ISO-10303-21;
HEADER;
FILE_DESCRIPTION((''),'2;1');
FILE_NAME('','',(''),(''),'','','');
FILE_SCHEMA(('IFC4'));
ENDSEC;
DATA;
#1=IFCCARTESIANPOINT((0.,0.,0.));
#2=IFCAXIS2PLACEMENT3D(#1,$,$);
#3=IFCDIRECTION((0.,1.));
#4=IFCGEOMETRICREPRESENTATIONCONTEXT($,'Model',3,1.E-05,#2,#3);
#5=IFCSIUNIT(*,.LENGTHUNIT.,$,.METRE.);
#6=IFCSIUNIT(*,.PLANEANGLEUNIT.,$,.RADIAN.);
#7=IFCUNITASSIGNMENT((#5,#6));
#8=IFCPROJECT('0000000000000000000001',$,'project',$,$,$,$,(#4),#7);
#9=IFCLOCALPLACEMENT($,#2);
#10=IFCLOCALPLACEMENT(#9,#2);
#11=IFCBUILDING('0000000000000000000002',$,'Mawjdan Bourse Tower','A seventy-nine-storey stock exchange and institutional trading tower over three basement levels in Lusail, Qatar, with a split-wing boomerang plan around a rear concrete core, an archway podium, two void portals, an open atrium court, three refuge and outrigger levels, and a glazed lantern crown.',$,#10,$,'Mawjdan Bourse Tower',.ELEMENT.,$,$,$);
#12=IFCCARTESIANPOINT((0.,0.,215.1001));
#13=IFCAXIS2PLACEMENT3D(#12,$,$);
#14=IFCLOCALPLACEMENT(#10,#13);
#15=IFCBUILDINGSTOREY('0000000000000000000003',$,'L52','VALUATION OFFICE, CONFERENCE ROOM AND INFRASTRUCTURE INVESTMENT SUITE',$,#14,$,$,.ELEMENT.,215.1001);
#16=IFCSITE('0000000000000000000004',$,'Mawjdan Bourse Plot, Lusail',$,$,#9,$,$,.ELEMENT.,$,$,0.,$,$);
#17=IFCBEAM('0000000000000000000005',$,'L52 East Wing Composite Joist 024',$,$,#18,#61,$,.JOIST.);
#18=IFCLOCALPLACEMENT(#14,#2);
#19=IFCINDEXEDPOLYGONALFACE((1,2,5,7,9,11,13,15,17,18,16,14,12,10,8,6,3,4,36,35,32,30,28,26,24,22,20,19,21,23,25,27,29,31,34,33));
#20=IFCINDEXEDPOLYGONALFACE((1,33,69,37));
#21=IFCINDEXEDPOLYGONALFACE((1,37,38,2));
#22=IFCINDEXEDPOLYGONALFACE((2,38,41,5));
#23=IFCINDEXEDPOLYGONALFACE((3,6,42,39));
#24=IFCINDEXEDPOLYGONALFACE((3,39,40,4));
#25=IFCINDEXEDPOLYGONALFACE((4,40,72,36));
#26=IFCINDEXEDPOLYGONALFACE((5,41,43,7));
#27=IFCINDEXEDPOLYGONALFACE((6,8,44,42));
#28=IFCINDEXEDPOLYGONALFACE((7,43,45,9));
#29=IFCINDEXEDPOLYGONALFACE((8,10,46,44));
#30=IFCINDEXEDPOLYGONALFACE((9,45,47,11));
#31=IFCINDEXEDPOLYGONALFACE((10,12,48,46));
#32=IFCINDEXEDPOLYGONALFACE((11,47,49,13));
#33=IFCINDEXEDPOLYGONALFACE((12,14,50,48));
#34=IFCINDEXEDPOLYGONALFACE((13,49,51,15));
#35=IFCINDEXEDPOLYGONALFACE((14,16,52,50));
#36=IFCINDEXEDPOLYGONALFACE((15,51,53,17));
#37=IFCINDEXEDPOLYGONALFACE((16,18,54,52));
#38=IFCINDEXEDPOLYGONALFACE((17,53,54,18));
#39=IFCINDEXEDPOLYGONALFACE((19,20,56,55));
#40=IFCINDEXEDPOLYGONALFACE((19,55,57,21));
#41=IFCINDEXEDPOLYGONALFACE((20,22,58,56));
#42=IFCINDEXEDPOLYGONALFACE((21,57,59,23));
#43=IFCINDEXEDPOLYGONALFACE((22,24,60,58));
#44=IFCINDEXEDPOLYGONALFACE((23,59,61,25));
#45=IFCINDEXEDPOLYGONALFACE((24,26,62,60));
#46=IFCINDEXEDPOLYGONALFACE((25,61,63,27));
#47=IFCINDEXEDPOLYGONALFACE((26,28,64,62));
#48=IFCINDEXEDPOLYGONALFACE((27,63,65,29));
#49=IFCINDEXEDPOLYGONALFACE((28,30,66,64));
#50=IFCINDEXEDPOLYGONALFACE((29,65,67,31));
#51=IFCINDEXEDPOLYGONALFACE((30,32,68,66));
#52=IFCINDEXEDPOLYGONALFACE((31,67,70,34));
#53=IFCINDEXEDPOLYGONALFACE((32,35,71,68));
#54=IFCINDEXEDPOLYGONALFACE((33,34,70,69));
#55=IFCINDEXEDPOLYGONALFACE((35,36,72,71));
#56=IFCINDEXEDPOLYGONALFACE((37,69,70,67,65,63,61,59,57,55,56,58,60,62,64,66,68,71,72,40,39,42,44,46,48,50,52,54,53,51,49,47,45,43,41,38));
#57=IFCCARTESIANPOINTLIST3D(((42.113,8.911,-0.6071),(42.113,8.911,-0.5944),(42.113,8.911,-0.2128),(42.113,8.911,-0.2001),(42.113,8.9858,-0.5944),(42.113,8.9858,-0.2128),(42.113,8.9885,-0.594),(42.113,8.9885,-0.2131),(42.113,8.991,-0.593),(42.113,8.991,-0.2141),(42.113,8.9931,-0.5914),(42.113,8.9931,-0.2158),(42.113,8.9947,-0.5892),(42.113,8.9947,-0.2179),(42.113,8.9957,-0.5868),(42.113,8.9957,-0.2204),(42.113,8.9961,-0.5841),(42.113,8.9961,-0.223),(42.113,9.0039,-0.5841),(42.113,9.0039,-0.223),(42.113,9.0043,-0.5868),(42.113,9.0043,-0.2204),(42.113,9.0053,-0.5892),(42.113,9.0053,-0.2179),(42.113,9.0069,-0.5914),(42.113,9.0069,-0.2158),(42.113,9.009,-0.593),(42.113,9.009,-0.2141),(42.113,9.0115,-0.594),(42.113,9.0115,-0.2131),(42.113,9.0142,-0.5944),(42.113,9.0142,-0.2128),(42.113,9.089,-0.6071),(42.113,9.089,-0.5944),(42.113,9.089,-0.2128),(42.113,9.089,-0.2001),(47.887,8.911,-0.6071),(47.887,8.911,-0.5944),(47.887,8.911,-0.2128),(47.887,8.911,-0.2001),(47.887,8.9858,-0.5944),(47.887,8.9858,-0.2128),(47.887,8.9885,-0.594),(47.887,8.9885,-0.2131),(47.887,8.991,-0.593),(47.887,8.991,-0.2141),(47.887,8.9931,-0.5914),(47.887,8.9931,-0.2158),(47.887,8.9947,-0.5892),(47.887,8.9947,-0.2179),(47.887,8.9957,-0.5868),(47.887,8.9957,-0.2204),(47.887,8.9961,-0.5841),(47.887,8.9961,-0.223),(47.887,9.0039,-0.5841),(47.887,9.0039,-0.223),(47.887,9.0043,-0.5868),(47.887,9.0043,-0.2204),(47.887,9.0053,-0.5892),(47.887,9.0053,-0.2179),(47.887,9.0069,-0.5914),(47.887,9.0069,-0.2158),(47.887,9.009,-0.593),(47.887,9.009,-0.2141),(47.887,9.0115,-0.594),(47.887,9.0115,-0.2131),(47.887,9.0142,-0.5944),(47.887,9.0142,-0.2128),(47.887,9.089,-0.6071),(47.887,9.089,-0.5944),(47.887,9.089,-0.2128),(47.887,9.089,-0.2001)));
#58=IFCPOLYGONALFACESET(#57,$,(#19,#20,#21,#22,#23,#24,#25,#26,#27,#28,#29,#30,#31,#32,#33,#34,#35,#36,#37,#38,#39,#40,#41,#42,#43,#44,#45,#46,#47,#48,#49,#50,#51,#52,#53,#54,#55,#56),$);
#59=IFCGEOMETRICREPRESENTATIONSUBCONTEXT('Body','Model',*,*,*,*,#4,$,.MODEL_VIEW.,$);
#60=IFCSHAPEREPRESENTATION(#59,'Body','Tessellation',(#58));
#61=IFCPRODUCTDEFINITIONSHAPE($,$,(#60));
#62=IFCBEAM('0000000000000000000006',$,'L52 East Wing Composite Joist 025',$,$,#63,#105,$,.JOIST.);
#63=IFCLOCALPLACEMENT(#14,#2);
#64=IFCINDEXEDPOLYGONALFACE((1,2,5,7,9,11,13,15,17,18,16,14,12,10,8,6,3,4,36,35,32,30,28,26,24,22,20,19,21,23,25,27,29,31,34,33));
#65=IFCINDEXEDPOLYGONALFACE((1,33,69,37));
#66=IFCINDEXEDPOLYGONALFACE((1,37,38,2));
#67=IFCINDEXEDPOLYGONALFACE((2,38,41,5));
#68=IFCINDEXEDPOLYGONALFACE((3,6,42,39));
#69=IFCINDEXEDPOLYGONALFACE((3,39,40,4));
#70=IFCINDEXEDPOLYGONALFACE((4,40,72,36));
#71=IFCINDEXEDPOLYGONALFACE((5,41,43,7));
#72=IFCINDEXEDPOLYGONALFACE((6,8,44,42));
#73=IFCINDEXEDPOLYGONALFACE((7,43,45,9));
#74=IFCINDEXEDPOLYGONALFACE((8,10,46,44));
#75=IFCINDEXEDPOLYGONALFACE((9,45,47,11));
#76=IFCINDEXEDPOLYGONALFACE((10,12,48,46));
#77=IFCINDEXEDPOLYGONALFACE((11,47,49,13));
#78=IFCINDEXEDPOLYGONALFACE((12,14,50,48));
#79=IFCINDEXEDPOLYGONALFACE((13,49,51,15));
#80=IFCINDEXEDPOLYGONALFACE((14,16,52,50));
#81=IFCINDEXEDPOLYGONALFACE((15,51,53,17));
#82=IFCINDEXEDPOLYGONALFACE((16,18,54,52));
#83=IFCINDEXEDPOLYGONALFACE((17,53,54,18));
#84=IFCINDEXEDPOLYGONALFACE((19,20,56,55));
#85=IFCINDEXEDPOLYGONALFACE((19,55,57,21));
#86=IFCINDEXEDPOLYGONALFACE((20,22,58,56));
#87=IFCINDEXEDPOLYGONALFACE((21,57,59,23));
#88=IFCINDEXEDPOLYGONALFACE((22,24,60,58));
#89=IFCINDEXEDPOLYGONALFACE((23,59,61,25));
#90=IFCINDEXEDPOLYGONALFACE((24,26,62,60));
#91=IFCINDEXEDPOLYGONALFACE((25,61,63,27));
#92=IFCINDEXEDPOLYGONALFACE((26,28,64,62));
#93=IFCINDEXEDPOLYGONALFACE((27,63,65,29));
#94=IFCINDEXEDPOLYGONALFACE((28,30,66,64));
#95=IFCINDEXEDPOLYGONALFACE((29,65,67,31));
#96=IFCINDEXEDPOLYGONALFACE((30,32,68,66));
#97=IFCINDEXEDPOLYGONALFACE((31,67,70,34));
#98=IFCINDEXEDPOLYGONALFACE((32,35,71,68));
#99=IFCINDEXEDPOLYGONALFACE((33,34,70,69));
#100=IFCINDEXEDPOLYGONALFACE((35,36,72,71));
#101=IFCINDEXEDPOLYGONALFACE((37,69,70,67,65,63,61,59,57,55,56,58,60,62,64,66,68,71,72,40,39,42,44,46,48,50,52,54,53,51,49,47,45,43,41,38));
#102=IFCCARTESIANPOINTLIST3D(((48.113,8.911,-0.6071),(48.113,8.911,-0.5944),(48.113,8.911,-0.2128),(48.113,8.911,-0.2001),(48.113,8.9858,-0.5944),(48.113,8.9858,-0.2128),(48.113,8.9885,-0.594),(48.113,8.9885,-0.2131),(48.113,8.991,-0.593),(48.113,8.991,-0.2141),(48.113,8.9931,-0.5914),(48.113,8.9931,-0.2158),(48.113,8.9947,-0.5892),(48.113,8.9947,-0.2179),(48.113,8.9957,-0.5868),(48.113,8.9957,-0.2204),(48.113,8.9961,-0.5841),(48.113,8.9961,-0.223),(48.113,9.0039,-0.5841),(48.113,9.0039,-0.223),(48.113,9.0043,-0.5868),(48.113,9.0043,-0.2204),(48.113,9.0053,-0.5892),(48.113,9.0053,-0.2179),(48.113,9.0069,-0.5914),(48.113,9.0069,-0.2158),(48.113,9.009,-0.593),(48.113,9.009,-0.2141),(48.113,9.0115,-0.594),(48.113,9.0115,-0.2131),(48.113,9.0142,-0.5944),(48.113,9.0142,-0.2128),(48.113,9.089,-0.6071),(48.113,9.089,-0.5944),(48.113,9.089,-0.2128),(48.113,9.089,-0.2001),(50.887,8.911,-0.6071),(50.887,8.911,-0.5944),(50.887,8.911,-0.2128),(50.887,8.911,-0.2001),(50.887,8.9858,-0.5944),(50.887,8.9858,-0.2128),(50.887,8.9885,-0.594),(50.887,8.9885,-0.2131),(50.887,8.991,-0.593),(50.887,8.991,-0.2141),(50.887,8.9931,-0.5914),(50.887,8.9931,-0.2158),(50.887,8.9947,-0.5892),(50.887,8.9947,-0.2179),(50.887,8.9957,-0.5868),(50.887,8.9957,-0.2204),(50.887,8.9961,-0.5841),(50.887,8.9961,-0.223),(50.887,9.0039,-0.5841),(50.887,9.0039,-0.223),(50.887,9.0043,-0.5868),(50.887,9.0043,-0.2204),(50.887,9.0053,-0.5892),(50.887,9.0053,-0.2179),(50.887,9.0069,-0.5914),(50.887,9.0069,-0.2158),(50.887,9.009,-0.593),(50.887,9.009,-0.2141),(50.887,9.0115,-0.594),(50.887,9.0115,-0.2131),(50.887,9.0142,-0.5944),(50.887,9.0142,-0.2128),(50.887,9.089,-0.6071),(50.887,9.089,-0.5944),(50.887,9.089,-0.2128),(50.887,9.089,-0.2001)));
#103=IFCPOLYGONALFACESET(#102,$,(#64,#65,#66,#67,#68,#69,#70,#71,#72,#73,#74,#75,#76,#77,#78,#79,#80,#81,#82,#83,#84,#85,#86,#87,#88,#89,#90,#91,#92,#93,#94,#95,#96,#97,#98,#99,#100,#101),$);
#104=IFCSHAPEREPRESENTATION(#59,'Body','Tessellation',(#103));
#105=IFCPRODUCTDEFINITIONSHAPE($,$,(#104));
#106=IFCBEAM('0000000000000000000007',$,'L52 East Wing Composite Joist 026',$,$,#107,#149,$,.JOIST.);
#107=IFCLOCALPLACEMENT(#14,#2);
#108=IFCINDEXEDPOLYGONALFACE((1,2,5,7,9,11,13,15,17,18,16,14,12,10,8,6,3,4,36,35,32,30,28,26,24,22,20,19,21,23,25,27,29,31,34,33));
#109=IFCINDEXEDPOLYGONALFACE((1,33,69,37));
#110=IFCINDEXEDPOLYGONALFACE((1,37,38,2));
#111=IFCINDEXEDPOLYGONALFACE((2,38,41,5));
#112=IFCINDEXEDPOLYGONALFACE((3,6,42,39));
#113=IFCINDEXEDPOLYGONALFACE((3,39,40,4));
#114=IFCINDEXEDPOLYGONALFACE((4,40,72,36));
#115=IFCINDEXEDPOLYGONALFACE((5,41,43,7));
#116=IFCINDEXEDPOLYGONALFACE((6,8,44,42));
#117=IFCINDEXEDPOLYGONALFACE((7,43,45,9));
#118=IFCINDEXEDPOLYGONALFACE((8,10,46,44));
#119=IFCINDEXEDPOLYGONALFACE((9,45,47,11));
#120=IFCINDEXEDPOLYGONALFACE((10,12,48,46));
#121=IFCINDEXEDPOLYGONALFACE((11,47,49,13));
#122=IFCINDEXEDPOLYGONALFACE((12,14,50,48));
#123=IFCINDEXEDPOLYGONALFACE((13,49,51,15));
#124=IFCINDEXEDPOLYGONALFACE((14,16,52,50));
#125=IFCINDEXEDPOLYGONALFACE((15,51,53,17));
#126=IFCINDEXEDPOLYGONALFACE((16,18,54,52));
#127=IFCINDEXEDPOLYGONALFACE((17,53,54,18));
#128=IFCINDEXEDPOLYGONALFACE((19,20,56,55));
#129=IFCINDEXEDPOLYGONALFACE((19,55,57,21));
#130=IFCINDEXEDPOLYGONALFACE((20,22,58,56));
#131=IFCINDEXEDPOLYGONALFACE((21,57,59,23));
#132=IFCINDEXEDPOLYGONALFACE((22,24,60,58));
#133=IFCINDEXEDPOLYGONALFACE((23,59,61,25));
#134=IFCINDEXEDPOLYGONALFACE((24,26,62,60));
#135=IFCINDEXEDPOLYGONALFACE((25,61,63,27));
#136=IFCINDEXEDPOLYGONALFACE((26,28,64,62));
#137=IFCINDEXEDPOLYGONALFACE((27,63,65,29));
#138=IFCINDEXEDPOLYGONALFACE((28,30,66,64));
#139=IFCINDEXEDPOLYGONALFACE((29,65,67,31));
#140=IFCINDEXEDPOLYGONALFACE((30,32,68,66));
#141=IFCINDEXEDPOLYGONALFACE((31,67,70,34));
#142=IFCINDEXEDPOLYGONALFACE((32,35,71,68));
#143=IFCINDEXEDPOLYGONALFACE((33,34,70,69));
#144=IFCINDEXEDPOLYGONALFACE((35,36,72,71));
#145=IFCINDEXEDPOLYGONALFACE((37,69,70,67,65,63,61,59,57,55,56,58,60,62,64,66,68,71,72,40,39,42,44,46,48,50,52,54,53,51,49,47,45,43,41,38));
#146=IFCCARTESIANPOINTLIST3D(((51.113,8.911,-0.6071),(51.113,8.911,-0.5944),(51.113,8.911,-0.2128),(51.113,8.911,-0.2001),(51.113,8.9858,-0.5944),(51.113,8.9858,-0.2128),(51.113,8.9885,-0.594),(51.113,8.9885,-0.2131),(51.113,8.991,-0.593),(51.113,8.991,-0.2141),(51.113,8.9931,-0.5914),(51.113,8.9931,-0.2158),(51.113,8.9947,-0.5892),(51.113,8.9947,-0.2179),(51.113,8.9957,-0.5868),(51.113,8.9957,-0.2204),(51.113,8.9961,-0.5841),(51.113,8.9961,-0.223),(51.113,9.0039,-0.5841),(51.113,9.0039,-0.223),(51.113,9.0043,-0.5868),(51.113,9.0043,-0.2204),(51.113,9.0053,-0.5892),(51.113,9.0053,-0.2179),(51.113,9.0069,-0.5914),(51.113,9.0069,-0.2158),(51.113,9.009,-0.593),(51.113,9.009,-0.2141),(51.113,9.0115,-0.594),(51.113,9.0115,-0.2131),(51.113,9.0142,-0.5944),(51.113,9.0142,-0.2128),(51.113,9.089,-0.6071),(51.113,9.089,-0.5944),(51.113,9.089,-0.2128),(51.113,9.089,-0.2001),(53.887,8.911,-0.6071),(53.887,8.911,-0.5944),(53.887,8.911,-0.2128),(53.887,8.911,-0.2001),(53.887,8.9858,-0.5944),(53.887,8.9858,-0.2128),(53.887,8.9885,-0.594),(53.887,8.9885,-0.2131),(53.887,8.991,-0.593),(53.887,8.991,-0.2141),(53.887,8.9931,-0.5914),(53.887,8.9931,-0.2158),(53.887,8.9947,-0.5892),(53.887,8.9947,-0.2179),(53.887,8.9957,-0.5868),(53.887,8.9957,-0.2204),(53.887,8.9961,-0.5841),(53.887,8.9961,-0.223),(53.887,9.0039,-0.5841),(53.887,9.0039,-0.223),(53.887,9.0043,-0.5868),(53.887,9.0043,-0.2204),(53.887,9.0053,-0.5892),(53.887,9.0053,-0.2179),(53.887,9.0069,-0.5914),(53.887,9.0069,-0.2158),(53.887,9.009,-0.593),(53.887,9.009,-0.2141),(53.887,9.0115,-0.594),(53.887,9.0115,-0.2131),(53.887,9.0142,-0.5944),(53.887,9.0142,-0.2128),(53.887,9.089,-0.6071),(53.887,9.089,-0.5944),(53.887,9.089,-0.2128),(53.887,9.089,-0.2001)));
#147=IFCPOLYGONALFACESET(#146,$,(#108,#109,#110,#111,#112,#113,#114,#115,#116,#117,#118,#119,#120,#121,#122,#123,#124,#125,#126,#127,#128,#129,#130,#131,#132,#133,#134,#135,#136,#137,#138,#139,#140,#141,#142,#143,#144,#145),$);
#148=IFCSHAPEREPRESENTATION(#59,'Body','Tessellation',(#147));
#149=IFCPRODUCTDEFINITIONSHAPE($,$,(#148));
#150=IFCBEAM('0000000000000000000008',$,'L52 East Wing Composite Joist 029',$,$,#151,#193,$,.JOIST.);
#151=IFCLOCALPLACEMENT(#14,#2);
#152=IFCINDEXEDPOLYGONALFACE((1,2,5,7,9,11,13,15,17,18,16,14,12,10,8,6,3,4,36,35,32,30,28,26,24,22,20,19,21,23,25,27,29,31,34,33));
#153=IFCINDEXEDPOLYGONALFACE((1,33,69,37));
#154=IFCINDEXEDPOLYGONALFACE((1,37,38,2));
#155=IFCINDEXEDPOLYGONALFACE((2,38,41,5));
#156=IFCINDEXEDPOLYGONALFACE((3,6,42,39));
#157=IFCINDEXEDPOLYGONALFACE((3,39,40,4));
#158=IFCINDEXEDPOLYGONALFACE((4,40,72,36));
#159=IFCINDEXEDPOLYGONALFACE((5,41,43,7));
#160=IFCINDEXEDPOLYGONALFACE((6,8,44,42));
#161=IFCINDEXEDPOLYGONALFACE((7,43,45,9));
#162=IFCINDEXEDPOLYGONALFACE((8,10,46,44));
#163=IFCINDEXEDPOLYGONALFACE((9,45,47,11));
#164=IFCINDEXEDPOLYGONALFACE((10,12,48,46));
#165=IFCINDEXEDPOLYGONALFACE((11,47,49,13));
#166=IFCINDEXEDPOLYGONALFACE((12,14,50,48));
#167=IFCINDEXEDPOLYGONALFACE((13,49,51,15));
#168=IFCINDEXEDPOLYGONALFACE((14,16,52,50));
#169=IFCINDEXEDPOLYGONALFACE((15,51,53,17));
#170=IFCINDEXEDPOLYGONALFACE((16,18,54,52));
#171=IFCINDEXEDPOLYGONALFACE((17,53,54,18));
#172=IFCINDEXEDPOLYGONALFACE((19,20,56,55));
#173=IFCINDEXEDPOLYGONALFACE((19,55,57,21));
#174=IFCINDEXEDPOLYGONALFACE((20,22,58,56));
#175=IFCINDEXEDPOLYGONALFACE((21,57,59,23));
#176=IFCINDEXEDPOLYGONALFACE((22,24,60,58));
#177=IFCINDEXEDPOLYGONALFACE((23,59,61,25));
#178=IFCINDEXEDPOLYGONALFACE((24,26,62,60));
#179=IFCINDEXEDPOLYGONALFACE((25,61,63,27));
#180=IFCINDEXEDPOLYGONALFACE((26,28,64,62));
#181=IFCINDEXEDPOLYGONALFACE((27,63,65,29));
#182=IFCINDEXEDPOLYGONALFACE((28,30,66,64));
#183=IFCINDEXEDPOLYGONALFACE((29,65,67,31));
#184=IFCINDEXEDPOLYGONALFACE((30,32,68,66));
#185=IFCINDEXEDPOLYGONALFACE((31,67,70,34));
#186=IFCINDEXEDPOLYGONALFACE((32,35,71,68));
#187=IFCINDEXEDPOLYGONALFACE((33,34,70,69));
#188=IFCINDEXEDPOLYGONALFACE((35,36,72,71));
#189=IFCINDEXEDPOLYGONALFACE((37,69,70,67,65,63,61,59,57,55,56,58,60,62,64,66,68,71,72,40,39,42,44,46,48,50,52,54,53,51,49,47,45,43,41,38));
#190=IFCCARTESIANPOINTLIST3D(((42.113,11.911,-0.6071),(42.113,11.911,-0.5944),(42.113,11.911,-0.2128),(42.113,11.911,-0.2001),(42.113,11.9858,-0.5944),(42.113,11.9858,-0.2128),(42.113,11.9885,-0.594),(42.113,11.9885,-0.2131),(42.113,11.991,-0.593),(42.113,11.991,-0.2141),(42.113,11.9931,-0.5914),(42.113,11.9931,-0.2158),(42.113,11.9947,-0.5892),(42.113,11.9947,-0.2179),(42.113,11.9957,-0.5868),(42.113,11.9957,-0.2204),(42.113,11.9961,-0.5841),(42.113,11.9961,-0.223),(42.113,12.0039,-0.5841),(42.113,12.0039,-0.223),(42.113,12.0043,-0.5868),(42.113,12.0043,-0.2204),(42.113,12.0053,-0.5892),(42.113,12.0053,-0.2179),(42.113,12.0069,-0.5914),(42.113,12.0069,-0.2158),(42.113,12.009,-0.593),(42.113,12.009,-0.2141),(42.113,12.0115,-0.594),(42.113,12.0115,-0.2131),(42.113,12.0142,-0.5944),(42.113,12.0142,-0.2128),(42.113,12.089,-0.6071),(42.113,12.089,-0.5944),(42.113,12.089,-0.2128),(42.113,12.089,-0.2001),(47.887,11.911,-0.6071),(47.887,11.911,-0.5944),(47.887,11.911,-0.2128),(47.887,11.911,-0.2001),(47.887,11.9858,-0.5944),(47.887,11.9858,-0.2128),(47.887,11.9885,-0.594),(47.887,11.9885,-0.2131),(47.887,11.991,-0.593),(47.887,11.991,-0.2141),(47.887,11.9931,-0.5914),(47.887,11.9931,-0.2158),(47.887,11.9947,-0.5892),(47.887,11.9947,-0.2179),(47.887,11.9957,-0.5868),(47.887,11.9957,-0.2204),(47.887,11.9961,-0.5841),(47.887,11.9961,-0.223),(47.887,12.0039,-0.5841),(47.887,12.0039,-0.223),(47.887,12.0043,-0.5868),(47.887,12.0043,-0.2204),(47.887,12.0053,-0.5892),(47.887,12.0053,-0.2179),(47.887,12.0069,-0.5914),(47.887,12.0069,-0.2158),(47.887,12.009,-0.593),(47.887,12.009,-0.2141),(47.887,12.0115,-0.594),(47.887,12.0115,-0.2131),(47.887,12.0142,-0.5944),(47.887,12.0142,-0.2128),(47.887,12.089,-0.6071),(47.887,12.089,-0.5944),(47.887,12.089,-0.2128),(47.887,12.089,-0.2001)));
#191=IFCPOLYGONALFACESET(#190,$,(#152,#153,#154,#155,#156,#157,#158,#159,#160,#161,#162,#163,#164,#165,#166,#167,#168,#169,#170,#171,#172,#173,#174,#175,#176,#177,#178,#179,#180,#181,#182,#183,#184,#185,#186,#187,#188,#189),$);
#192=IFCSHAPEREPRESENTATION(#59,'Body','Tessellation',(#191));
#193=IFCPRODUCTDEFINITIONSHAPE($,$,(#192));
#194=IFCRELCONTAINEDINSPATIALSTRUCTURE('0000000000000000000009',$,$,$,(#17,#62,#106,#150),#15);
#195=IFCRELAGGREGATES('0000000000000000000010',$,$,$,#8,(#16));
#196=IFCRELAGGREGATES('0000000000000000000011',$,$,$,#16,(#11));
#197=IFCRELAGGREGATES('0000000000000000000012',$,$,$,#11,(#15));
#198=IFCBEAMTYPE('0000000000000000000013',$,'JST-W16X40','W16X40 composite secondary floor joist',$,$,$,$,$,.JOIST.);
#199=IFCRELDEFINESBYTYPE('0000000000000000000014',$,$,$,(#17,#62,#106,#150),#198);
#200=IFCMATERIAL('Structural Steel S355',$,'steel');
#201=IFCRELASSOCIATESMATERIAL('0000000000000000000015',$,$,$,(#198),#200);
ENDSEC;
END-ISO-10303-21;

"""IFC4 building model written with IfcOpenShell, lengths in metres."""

from ifc_helpers import new_model, si_unit, direction, frame, origin, origin_2d, place, context, subcontext, project, spatial, i_section, extrude, material, material_profile, profile_set, type_object, element, save


model = new_model("IFC4")

# Units and contexts
model_context = context("Model", 3, precision=1e-05, world=origin(), true_north=direction((0.0, 1.0)))
body_context = subcontext(model_context, "Body", "Model", "MODEL_VIEW")
ifc_project = project(units=[si_unit("LENGTHUNIT", "METRE"), si_unit("PLANEANGLEUNIT", "RADIAN")], contexts=[model_context])

# Site, building, storey
site_placement = place(None, origin())
site = spatial("IfcSite", under=ifc_project, at=site_placement, Name="Mawjdan Bourse Plot, Lusail", CompositionType="ELEMENT", RefElevation=0.0)
building_placement = place(site_placement, origin())
building = spatial("IfcBuilding", under=site, at=building_placement, Name="Mawjdan Bourse Tower", Description="A seventy-nine-storey stock exchange and institutional trading tower over three basement levels in Lusail, Qatar, with a split-wing boomerang plan around a rear concrete core, an archway podium, two void portals, an open atrium court, three refuge and outrigger levels, and a glazed lantern crown.", LongName="Mawjdan Bourse Tower", CompositionType="ELEMENT")
storey_placement = place(building_placement, frame((0.0, 0.0, 215.1001)))
storey = spatial("IfcBuildingStorey", under=building, at=storey_placement, Name="L52", Description="VALUATION OFFICE, CONFERENCE ROOM AND INFRASTRUCTURE INVESTMENT SUITE", CompositionType="ELEMENT", Elevation=215.1001)

# Beams
ifc_material_1 = material(Name="Structural Steel S355", Category="steel")
ifc_material_profile_1 = material_profile(ifc_material_1, i_section(OverallWidth=0.178, OverallDepth=0.407, WebThickness=0.0078, FlangeThickness=0.0127, FilletRadius=0.0103, at=origin_2d()), Name="W16X40")
ifc_profile_set_1 = profile_set([ifc_material_profile_1], Name="Structural Steel S355")
beam_type_1 = type_object("IfcBeamType", Name="JST-W16X40", Description="W16X40 composite secondary floor joist", PredefinedType="JOIST", material=ifc_profile_set_1)
beam_1_placement = place(storey_placement, frame((42.113, 9.0, -0.4036), z_axis=(1.0, 0.0, 0.0), x_axis=(0.0, 1.0, 0.0)))
element("IfcBeam", 1, at=beam_1_placement, inside=storey, type_object=beam_type_1, Name="L52 East Wing Composite Joist 024", PredefinedType="JOIST", context=body_context, shape_type="SweptSolid", body=[
    extrude(i_section(OverallWidth=0.178, OverallDepth=0.407, WebThickness=0.0078, FlangeThickness=0.0127, FilletRadius=0.0103, at=origin_2d()), origin(), (0.0, 0.0, 1.0), 5.7739),
])
for number, where, z_axis, x_axis, name in (
    (2, (48.113, 9.0, -0.4036), (1.0, 0.0, 0.0), (0.0, 1.0, 0.0), "L52 East Wing Composite Joist 025"),
    (3, (51.113, 9.0, -0.4036), (1.0, 0.0, 0.0), (0.0, 1.0, 0.0), "L52 East Wing Composite Joist 026"),
):
    element("IfcBeam", number, at=place(storey_placement, frame(where, z_axis=z_axis, x_axis=x_axis)), inside=storey, type_object=beam_type_1, Name=name, PredefinedType="JOIST", context=body_context, shape_type="SweptSolid", body=[
        extrude(i_section(OverallWidth=0.178, OverallDepth=0.407, WebThickness=0.0078, FlangeThickness=0.0127, FilletRadius=0.0103, at=origin_2d()), origin(), (0.0, 0.0, 1.0), 2.7739),
    ])
beam_2_placement = place(storey_placement, frame((42.113, 12.0, -0.4036), z_axis=(1.0, 0.0, 0.0), x_axis=(0.0, 1.0, 0.0)))
element("IfcBeam", 4, at=beam_2_placement, inside=storey, type_object=beam_type_1, Name="L52 East Wing Composite Joist 029", PredefinedType="JOIST", context=body_context, shape_type="SweptSolid", body=[
    extrude(i_section(OverallWidth=0.178, OverallDepth=0.407, WebThickness=0.0078, FlangeThickness=0.0127, FilletRadius=0.0103, at=origin_2d()), origin(), (0.0, 0.0, 1.0), 5.7739),
])

save(model, "model.ifc")
